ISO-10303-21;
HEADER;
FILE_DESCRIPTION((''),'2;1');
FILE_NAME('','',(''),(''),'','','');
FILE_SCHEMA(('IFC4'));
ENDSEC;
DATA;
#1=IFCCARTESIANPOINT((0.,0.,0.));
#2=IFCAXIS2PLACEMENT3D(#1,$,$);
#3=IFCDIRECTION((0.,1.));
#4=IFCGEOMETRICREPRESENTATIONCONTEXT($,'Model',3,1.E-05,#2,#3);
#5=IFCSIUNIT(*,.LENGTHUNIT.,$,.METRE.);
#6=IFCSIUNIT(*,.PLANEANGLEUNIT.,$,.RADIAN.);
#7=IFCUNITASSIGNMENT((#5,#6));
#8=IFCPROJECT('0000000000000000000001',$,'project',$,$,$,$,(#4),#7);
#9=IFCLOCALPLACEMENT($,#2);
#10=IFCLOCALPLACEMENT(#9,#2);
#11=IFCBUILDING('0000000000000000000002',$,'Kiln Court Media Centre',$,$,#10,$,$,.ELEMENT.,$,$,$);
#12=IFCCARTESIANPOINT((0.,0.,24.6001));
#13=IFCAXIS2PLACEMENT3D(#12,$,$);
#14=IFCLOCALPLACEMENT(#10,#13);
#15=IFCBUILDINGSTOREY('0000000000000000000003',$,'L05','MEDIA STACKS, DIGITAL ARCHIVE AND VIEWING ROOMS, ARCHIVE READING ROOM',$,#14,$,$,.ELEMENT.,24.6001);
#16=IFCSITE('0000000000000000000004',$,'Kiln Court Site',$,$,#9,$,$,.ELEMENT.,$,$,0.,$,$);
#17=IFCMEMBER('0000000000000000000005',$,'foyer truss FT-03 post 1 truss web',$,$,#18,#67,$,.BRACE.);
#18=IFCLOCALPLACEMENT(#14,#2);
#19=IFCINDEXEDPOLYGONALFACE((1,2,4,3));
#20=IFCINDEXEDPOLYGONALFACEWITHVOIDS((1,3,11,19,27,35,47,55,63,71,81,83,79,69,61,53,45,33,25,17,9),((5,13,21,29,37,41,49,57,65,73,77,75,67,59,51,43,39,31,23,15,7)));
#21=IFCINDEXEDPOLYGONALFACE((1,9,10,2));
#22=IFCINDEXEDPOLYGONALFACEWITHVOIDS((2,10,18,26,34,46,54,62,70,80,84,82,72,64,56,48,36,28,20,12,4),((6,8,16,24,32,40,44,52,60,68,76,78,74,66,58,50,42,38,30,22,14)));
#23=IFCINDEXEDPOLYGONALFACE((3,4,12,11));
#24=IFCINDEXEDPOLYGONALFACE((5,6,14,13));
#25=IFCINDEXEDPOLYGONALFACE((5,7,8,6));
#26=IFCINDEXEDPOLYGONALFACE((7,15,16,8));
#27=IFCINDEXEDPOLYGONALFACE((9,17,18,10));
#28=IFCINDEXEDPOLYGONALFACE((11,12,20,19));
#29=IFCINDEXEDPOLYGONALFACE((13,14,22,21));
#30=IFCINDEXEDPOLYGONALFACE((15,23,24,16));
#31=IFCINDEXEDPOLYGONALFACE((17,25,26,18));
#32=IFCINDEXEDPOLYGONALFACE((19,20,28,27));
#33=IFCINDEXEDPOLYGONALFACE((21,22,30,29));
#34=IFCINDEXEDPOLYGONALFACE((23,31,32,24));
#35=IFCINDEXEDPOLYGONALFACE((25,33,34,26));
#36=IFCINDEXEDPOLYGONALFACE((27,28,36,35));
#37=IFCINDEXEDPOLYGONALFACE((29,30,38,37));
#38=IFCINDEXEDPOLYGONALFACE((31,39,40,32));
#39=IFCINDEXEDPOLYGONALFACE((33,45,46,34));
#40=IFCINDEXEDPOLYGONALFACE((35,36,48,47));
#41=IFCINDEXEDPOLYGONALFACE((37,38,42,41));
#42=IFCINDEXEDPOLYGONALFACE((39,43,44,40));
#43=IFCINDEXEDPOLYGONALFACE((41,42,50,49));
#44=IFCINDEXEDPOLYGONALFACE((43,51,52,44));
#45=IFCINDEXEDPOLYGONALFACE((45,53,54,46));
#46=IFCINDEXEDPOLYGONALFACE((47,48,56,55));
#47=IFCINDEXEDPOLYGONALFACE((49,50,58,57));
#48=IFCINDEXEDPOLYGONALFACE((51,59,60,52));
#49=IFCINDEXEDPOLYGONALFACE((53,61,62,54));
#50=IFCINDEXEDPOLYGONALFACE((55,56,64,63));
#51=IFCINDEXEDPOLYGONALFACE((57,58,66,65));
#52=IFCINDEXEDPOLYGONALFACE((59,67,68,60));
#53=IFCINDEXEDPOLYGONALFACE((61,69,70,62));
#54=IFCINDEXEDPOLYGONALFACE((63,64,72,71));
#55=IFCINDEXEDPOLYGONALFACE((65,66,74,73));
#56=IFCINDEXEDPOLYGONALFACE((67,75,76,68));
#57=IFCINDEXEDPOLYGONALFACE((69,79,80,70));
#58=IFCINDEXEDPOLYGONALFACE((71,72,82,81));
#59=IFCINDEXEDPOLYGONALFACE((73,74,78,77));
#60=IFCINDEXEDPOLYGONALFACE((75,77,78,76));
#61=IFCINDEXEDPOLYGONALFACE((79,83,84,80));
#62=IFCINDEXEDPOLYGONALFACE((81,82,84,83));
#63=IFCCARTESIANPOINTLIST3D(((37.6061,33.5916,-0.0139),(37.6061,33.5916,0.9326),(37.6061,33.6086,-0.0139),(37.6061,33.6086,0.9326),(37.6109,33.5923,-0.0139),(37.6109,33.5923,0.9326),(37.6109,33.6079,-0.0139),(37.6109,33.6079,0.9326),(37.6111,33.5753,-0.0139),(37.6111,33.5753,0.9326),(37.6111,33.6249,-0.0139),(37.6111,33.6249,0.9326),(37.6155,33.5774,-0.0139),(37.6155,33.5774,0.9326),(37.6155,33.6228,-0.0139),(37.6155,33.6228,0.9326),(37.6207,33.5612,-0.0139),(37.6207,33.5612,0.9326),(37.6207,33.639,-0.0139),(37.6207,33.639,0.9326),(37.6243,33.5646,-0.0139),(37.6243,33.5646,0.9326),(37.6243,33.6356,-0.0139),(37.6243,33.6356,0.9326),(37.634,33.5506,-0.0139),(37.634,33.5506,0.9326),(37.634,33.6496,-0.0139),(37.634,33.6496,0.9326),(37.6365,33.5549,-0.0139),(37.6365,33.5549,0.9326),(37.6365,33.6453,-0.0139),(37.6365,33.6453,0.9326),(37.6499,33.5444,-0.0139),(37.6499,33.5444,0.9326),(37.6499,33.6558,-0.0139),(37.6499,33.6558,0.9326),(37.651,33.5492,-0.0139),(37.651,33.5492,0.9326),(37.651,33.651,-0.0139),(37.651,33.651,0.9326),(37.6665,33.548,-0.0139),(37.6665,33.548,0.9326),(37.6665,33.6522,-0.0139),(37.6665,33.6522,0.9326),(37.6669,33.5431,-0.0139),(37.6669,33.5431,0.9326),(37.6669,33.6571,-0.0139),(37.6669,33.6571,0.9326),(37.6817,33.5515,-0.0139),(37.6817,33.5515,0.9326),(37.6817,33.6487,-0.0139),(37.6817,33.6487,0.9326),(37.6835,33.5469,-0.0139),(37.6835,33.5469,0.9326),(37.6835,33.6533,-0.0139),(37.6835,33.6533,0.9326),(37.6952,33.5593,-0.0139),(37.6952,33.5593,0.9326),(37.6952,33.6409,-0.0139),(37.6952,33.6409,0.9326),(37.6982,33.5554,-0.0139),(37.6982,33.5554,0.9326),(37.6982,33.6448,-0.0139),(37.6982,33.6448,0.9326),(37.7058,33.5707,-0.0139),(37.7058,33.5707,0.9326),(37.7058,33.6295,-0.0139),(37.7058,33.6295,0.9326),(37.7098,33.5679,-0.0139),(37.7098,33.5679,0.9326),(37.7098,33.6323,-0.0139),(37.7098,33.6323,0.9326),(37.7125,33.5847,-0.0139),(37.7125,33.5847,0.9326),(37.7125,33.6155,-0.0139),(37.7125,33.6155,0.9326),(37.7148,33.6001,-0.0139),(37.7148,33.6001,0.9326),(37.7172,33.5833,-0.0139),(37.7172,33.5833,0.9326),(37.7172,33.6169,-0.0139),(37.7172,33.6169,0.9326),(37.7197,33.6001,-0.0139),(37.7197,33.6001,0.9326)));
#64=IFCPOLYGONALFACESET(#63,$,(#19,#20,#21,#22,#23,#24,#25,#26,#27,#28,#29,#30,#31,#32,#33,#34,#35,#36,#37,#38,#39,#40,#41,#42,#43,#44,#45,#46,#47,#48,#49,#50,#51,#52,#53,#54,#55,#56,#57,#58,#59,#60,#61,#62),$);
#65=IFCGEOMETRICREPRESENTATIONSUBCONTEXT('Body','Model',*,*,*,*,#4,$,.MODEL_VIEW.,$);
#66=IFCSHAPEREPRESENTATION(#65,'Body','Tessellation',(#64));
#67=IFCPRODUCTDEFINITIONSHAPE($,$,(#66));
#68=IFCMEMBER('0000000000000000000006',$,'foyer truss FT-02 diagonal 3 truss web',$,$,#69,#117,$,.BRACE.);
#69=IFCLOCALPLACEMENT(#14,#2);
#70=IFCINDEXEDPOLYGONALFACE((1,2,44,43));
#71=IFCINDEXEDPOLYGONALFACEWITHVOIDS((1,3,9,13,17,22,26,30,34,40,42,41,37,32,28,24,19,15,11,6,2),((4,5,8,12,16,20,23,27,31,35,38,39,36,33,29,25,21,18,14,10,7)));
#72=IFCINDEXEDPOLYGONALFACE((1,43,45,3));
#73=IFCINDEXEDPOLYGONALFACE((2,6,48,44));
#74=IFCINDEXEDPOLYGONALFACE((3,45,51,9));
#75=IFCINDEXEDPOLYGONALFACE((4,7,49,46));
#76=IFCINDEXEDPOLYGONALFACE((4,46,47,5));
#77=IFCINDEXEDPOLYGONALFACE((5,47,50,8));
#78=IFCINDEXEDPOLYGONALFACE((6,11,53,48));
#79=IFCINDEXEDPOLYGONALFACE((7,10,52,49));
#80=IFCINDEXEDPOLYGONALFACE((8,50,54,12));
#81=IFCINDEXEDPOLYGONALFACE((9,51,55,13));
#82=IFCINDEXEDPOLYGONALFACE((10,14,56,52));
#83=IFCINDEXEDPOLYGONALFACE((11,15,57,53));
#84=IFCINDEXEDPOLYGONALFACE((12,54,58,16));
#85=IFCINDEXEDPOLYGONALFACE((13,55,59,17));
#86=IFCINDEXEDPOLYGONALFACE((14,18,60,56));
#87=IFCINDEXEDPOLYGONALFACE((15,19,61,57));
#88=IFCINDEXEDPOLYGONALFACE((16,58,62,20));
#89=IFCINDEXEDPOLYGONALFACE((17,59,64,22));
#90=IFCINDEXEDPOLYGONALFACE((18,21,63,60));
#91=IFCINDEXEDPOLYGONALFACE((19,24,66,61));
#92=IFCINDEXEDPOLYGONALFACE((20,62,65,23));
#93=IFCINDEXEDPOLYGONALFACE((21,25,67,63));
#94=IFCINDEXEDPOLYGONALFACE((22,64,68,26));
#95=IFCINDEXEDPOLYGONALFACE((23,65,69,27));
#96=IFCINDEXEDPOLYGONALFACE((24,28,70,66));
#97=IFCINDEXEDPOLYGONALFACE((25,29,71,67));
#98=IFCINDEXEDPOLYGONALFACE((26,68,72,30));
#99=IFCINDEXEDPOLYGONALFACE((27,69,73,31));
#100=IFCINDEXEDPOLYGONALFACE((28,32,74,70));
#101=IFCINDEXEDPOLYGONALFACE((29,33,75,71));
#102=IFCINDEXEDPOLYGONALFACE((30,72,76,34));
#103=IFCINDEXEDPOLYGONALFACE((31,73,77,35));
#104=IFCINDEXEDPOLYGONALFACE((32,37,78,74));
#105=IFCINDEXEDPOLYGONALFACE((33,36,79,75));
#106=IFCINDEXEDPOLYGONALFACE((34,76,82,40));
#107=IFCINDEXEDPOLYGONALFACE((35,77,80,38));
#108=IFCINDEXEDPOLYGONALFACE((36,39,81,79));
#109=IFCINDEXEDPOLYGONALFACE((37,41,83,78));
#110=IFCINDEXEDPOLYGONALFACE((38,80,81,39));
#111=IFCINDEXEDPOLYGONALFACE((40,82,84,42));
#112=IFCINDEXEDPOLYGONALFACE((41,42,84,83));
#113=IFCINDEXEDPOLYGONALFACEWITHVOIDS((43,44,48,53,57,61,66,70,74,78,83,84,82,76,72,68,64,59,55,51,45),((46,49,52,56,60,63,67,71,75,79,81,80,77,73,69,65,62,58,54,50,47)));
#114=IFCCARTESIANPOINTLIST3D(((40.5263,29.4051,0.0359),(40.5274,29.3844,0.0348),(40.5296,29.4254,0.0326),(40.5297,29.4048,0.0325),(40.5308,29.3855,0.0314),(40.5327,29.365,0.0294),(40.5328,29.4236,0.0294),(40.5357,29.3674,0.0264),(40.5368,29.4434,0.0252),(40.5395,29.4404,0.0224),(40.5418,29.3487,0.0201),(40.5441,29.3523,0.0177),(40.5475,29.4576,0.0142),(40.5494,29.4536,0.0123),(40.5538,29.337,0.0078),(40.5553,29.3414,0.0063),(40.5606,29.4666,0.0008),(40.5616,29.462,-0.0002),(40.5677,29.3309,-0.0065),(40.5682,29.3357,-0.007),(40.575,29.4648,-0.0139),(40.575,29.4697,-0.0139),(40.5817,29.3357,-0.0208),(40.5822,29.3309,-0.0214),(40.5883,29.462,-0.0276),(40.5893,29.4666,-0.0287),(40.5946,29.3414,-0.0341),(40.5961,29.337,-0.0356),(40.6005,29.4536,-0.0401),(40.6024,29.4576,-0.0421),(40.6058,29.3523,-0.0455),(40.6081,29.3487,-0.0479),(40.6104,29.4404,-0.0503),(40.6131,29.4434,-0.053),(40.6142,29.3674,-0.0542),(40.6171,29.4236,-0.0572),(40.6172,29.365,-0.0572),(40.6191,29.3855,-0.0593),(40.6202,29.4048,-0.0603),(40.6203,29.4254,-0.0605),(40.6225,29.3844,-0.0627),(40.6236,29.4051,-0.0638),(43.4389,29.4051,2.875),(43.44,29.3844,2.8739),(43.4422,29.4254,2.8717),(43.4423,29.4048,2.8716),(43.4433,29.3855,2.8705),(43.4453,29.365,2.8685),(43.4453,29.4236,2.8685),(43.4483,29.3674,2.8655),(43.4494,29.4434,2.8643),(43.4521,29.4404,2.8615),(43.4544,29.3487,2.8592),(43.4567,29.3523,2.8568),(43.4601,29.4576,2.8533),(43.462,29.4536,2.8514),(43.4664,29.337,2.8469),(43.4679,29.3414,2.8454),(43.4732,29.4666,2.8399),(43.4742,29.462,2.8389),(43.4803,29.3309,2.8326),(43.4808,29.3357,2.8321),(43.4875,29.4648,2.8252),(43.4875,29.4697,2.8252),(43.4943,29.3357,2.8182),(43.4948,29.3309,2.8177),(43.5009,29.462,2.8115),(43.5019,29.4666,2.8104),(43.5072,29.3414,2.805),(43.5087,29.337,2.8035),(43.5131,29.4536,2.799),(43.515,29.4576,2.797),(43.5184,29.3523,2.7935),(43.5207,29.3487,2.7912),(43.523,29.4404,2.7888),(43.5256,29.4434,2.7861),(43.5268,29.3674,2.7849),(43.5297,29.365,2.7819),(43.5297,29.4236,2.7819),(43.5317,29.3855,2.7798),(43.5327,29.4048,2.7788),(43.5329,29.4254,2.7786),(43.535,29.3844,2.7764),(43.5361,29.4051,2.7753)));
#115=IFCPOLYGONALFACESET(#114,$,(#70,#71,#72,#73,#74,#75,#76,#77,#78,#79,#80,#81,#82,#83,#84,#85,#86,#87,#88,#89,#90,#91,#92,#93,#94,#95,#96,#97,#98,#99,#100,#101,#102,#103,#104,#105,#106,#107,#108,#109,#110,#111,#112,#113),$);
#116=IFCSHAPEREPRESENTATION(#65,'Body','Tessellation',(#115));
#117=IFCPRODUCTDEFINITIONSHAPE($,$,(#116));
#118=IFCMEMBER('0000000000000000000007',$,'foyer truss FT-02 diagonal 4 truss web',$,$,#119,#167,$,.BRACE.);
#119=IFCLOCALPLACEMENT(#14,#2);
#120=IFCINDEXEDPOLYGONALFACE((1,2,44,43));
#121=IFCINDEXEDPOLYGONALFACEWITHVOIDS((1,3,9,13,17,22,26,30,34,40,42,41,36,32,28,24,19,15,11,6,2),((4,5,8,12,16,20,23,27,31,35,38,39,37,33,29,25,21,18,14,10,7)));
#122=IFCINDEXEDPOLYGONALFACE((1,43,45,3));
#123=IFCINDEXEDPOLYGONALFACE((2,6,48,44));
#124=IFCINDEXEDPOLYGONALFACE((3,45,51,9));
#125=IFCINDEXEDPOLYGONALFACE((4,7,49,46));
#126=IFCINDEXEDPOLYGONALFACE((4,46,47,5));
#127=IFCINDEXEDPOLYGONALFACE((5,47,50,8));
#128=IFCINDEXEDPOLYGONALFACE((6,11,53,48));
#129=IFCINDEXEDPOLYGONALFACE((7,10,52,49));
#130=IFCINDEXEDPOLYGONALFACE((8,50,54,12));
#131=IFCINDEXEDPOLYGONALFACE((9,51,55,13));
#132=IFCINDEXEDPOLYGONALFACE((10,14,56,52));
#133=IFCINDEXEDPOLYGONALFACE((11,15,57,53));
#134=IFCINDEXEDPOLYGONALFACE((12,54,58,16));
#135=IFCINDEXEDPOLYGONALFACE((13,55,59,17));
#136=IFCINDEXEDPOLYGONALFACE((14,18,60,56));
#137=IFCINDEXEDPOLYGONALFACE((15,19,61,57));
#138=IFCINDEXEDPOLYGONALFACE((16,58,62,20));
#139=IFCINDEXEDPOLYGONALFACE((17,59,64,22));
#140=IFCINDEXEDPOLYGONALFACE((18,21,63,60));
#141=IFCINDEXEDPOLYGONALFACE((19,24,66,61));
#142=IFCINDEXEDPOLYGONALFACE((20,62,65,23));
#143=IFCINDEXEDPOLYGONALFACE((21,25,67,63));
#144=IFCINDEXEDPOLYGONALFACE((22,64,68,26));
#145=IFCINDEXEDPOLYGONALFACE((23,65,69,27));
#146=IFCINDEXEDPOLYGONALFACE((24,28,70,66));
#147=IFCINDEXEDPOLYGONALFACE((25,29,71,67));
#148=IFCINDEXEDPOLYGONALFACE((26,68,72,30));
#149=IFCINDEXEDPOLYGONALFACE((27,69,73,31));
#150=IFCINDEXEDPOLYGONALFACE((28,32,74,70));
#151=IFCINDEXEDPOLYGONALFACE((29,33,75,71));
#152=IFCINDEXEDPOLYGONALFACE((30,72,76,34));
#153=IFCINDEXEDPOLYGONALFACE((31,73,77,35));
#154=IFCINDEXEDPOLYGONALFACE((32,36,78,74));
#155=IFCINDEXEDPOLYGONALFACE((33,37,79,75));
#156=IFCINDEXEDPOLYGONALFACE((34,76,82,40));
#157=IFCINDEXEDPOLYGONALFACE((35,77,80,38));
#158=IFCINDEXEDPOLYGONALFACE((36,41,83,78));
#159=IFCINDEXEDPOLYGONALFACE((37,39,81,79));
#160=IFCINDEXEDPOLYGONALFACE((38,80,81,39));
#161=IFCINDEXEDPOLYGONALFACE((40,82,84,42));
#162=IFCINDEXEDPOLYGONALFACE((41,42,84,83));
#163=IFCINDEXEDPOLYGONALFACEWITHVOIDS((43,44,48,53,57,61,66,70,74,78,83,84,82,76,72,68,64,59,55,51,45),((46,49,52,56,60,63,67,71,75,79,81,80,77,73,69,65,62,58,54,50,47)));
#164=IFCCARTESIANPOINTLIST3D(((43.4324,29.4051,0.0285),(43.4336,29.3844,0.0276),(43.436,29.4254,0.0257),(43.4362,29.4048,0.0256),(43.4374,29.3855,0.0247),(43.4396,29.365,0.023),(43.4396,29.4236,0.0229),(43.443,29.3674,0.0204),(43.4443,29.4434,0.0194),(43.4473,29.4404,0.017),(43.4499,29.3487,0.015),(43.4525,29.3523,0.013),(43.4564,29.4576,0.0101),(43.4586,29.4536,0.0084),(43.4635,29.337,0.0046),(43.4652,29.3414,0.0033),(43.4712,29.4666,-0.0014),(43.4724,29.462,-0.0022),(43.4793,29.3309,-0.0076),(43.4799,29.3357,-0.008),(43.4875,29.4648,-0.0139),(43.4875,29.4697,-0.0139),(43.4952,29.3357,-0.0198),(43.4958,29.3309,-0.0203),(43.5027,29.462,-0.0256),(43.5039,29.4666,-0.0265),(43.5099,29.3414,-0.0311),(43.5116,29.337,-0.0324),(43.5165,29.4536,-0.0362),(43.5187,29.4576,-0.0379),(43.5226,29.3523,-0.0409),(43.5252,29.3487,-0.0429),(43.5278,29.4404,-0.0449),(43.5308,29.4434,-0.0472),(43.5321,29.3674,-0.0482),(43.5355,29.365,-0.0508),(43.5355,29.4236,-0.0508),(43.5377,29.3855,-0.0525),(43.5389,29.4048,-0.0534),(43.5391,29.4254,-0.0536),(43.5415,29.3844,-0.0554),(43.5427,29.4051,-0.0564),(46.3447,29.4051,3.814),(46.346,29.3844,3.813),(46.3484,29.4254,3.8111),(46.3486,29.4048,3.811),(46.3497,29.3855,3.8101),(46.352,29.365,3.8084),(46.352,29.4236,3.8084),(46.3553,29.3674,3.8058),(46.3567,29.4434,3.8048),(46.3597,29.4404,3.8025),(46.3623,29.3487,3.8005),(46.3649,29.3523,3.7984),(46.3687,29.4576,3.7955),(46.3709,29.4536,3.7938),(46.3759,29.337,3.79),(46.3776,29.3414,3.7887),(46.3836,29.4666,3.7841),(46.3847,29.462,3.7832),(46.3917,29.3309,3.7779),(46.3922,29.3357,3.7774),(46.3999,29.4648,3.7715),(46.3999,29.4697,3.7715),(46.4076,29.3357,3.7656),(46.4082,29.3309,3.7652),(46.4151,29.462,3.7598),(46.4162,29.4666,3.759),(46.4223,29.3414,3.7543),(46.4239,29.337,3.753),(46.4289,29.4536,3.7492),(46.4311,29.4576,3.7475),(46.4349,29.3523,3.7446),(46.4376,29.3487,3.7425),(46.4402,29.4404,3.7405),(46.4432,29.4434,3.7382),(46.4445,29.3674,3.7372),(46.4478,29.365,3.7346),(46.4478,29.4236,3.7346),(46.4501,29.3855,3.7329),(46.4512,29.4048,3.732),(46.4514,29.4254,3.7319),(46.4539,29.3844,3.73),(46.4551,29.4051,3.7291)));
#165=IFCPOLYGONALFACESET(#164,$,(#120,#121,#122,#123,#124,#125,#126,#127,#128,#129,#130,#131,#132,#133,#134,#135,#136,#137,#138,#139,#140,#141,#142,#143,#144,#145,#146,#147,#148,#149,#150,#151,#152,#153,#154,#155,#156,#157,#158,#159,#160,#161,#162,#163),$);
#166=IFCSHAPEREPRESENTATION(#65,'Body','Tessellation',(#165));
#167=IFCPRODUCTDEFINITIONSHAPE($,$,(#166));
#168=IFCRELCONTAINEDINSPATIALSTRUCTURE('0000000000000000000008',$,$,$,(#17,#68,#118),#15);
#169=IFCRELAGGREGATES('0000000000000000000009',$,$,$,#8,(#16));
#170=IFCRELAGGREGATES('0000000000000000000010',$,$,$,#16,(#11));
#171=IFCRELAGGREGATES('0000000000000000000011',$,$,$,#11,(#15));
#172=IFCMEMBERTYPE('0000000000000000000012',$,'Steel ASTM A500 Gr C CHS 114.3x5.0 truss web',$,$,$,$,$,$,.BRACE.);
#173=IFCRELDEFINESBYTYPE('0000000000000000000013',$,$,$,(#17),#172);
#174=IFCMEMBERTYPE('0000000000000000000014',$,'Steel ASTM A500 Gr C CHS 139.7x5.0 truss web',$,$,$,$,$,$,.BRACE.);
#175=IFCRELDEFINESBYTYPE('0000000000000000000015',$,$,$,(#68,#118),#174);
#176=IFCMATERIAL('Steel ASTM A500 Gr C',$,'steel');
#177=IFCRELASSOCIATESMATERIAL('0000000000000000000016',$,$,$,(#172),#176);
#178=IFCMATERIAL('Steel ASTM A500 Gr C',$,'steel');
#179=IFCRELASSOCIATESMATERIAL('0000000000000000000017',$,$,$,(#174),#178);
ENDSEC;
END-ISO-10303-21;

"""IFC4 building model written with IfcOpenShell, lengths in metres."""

from ifc_helpers import new_model, si_unit, direction, frame, origin, origin_2d, place, context, subcontext, project, spatial, hollow_circle, extrude, material, material_profile, profile_set, type_object, element, save


model = new_model("IFC4")

# Units and contexts
model_context = context("Model", 3, precision=1e-05, world=origin(), true_north=direction((0.0, 1.0)))
body_context = subcontext(model_context, "Body", "Model", "MODEL_VIEW")
ifc_project = project(units=[si_unit("LENGTHUNIT", "METRE"), si_unit("PLANEANGLEUNIT", "RADIAN")], contexts=[model_context])

# Site, building, storey
site_placement = place(None, origin())
site = spatial("IfcSite", under=ifc_project, at=site_placement, Name="Kiln Court Site", CompositionType="ELEMENT", RefElevation=0.0)
building_placement = place(site_placement, origin())
building = spatial("IfcBuilding", under=site, at=building_placement, Name="Kiln Court Media Centre", CompositionType="ELEMENT")
storey_placement = place(building_placement, frame((0.0, 0.0, 24.6001)))
storey = spatial("IfcBuildingStorey", under=building, at=storey_placement, Name="L05", Description="MEDIA STACKS, DIGITAL ARCHIVE AND VIEWING ROOMS, ARCHIVE READING ROOM", CompositionType="ELEMENT", Elevation=24.6001)

# Members
ifc_material_1 = material(Name="Steel ASTM A500 Gr C", Category="steel")
ifc_material_profile_1 = material_profile(ifc_material_1, hollow_circle(Radius=0.0571, WallThickness=0.0049, at=origin_2d()), Name="CHS 114.3x5.0")
ifc_profile_set_1 = profile_set([ifc_material_profile_1], Name="Steel ASTM A500 Gr C")
member_type_1 = type_object("IfcMemberType", Name="Steel ASTM A500 Gr C CHS 114.3x5.0 truss web", PredefinedType="BRACE", material=ifc_profile_set_1)
member_1_placement = place(storey_placement, frame((37.6626, 33.6001, -0.0139), z_axis=(0.0, 0.0, 1.0), x_axis=(1.0, 0.0, 0.0)))
element("IfcMember", 1, at=member_1_placement, inside=storey, type_object=member_type_1, Name="foyer truss FT-03 post 1 truss web", PredefinedType="BRACE", context=body_context, shape_type="SweptSolid", body=[
    extrude(hollow_circle(Radius=0.0571, WallThickness=0.0049, at=origin_2d()), origin(), (0.0, 0.0, 1.0), 0.9465),
])
ifc_material_2 = material(Name="Steel ASTM A500 Gr C", Category="steel")
ifc_material_profile_2 = material_profile(ifc_material_2, hollow_circle(Radius=0.0698, WallThickness=0.0049, at=origin_2d()), Name="CHS 139.7x5.0")
ifc_profile_set_2 = profile_set([ifc_material_profile_2], Name="Steel ASTM A500 Gr C")
member_type_2 = type_object("IfcMemberType", Name="Steel ASTM A500 Gr C CHS 139.7x5.0 truss web", PredefinedType="BRACE", material=ifc_profile_set_2)
member_2_placement = place(storey_placement, frame((40.575, 29.3999, -0.0139), z_axis=(0.716083, 0.0, 0.698016), x_axis=(0.0, 1.0, 0.0)))
element("IfcMember", 2, at=member_2_placement, inside=storey, type_object=member_type_2, Name="foyer truss FT-02 diagonal 3 truss web", PredefinedType="BRACE", context=body_context, shape_type="SweptSolid", body=[
    extrude(hollow_circle(Radius=0.0698, WallThickness=0.0049, at=origin_2d()), origin(), (0.0, 0.0, 1.0), 4.0674),
])
member_3_placement = place(storey_placement, frame((43.4875, 29.3999, -0.0139), z_axis=(0.609777, 0.0, 0.792573), x_axis=(0.0, 1.0, 0.0)))
element("IfcMember", 3, at=member_3_placement, inside=storey, type_object=member_type_2, Name="foyer truss FT-02 diagonal 4 truss web", PredefinedType="BRACE", context=body_context, shape_type="SweptSolid", body=[
    extrude(hollow_circle(Radius=0.0698, WallThickness=0.0049, at=origin_2d()), origin(), (0.0, 0.0, 1.0), 4.7761),
])

save(model, "model.ifc")
